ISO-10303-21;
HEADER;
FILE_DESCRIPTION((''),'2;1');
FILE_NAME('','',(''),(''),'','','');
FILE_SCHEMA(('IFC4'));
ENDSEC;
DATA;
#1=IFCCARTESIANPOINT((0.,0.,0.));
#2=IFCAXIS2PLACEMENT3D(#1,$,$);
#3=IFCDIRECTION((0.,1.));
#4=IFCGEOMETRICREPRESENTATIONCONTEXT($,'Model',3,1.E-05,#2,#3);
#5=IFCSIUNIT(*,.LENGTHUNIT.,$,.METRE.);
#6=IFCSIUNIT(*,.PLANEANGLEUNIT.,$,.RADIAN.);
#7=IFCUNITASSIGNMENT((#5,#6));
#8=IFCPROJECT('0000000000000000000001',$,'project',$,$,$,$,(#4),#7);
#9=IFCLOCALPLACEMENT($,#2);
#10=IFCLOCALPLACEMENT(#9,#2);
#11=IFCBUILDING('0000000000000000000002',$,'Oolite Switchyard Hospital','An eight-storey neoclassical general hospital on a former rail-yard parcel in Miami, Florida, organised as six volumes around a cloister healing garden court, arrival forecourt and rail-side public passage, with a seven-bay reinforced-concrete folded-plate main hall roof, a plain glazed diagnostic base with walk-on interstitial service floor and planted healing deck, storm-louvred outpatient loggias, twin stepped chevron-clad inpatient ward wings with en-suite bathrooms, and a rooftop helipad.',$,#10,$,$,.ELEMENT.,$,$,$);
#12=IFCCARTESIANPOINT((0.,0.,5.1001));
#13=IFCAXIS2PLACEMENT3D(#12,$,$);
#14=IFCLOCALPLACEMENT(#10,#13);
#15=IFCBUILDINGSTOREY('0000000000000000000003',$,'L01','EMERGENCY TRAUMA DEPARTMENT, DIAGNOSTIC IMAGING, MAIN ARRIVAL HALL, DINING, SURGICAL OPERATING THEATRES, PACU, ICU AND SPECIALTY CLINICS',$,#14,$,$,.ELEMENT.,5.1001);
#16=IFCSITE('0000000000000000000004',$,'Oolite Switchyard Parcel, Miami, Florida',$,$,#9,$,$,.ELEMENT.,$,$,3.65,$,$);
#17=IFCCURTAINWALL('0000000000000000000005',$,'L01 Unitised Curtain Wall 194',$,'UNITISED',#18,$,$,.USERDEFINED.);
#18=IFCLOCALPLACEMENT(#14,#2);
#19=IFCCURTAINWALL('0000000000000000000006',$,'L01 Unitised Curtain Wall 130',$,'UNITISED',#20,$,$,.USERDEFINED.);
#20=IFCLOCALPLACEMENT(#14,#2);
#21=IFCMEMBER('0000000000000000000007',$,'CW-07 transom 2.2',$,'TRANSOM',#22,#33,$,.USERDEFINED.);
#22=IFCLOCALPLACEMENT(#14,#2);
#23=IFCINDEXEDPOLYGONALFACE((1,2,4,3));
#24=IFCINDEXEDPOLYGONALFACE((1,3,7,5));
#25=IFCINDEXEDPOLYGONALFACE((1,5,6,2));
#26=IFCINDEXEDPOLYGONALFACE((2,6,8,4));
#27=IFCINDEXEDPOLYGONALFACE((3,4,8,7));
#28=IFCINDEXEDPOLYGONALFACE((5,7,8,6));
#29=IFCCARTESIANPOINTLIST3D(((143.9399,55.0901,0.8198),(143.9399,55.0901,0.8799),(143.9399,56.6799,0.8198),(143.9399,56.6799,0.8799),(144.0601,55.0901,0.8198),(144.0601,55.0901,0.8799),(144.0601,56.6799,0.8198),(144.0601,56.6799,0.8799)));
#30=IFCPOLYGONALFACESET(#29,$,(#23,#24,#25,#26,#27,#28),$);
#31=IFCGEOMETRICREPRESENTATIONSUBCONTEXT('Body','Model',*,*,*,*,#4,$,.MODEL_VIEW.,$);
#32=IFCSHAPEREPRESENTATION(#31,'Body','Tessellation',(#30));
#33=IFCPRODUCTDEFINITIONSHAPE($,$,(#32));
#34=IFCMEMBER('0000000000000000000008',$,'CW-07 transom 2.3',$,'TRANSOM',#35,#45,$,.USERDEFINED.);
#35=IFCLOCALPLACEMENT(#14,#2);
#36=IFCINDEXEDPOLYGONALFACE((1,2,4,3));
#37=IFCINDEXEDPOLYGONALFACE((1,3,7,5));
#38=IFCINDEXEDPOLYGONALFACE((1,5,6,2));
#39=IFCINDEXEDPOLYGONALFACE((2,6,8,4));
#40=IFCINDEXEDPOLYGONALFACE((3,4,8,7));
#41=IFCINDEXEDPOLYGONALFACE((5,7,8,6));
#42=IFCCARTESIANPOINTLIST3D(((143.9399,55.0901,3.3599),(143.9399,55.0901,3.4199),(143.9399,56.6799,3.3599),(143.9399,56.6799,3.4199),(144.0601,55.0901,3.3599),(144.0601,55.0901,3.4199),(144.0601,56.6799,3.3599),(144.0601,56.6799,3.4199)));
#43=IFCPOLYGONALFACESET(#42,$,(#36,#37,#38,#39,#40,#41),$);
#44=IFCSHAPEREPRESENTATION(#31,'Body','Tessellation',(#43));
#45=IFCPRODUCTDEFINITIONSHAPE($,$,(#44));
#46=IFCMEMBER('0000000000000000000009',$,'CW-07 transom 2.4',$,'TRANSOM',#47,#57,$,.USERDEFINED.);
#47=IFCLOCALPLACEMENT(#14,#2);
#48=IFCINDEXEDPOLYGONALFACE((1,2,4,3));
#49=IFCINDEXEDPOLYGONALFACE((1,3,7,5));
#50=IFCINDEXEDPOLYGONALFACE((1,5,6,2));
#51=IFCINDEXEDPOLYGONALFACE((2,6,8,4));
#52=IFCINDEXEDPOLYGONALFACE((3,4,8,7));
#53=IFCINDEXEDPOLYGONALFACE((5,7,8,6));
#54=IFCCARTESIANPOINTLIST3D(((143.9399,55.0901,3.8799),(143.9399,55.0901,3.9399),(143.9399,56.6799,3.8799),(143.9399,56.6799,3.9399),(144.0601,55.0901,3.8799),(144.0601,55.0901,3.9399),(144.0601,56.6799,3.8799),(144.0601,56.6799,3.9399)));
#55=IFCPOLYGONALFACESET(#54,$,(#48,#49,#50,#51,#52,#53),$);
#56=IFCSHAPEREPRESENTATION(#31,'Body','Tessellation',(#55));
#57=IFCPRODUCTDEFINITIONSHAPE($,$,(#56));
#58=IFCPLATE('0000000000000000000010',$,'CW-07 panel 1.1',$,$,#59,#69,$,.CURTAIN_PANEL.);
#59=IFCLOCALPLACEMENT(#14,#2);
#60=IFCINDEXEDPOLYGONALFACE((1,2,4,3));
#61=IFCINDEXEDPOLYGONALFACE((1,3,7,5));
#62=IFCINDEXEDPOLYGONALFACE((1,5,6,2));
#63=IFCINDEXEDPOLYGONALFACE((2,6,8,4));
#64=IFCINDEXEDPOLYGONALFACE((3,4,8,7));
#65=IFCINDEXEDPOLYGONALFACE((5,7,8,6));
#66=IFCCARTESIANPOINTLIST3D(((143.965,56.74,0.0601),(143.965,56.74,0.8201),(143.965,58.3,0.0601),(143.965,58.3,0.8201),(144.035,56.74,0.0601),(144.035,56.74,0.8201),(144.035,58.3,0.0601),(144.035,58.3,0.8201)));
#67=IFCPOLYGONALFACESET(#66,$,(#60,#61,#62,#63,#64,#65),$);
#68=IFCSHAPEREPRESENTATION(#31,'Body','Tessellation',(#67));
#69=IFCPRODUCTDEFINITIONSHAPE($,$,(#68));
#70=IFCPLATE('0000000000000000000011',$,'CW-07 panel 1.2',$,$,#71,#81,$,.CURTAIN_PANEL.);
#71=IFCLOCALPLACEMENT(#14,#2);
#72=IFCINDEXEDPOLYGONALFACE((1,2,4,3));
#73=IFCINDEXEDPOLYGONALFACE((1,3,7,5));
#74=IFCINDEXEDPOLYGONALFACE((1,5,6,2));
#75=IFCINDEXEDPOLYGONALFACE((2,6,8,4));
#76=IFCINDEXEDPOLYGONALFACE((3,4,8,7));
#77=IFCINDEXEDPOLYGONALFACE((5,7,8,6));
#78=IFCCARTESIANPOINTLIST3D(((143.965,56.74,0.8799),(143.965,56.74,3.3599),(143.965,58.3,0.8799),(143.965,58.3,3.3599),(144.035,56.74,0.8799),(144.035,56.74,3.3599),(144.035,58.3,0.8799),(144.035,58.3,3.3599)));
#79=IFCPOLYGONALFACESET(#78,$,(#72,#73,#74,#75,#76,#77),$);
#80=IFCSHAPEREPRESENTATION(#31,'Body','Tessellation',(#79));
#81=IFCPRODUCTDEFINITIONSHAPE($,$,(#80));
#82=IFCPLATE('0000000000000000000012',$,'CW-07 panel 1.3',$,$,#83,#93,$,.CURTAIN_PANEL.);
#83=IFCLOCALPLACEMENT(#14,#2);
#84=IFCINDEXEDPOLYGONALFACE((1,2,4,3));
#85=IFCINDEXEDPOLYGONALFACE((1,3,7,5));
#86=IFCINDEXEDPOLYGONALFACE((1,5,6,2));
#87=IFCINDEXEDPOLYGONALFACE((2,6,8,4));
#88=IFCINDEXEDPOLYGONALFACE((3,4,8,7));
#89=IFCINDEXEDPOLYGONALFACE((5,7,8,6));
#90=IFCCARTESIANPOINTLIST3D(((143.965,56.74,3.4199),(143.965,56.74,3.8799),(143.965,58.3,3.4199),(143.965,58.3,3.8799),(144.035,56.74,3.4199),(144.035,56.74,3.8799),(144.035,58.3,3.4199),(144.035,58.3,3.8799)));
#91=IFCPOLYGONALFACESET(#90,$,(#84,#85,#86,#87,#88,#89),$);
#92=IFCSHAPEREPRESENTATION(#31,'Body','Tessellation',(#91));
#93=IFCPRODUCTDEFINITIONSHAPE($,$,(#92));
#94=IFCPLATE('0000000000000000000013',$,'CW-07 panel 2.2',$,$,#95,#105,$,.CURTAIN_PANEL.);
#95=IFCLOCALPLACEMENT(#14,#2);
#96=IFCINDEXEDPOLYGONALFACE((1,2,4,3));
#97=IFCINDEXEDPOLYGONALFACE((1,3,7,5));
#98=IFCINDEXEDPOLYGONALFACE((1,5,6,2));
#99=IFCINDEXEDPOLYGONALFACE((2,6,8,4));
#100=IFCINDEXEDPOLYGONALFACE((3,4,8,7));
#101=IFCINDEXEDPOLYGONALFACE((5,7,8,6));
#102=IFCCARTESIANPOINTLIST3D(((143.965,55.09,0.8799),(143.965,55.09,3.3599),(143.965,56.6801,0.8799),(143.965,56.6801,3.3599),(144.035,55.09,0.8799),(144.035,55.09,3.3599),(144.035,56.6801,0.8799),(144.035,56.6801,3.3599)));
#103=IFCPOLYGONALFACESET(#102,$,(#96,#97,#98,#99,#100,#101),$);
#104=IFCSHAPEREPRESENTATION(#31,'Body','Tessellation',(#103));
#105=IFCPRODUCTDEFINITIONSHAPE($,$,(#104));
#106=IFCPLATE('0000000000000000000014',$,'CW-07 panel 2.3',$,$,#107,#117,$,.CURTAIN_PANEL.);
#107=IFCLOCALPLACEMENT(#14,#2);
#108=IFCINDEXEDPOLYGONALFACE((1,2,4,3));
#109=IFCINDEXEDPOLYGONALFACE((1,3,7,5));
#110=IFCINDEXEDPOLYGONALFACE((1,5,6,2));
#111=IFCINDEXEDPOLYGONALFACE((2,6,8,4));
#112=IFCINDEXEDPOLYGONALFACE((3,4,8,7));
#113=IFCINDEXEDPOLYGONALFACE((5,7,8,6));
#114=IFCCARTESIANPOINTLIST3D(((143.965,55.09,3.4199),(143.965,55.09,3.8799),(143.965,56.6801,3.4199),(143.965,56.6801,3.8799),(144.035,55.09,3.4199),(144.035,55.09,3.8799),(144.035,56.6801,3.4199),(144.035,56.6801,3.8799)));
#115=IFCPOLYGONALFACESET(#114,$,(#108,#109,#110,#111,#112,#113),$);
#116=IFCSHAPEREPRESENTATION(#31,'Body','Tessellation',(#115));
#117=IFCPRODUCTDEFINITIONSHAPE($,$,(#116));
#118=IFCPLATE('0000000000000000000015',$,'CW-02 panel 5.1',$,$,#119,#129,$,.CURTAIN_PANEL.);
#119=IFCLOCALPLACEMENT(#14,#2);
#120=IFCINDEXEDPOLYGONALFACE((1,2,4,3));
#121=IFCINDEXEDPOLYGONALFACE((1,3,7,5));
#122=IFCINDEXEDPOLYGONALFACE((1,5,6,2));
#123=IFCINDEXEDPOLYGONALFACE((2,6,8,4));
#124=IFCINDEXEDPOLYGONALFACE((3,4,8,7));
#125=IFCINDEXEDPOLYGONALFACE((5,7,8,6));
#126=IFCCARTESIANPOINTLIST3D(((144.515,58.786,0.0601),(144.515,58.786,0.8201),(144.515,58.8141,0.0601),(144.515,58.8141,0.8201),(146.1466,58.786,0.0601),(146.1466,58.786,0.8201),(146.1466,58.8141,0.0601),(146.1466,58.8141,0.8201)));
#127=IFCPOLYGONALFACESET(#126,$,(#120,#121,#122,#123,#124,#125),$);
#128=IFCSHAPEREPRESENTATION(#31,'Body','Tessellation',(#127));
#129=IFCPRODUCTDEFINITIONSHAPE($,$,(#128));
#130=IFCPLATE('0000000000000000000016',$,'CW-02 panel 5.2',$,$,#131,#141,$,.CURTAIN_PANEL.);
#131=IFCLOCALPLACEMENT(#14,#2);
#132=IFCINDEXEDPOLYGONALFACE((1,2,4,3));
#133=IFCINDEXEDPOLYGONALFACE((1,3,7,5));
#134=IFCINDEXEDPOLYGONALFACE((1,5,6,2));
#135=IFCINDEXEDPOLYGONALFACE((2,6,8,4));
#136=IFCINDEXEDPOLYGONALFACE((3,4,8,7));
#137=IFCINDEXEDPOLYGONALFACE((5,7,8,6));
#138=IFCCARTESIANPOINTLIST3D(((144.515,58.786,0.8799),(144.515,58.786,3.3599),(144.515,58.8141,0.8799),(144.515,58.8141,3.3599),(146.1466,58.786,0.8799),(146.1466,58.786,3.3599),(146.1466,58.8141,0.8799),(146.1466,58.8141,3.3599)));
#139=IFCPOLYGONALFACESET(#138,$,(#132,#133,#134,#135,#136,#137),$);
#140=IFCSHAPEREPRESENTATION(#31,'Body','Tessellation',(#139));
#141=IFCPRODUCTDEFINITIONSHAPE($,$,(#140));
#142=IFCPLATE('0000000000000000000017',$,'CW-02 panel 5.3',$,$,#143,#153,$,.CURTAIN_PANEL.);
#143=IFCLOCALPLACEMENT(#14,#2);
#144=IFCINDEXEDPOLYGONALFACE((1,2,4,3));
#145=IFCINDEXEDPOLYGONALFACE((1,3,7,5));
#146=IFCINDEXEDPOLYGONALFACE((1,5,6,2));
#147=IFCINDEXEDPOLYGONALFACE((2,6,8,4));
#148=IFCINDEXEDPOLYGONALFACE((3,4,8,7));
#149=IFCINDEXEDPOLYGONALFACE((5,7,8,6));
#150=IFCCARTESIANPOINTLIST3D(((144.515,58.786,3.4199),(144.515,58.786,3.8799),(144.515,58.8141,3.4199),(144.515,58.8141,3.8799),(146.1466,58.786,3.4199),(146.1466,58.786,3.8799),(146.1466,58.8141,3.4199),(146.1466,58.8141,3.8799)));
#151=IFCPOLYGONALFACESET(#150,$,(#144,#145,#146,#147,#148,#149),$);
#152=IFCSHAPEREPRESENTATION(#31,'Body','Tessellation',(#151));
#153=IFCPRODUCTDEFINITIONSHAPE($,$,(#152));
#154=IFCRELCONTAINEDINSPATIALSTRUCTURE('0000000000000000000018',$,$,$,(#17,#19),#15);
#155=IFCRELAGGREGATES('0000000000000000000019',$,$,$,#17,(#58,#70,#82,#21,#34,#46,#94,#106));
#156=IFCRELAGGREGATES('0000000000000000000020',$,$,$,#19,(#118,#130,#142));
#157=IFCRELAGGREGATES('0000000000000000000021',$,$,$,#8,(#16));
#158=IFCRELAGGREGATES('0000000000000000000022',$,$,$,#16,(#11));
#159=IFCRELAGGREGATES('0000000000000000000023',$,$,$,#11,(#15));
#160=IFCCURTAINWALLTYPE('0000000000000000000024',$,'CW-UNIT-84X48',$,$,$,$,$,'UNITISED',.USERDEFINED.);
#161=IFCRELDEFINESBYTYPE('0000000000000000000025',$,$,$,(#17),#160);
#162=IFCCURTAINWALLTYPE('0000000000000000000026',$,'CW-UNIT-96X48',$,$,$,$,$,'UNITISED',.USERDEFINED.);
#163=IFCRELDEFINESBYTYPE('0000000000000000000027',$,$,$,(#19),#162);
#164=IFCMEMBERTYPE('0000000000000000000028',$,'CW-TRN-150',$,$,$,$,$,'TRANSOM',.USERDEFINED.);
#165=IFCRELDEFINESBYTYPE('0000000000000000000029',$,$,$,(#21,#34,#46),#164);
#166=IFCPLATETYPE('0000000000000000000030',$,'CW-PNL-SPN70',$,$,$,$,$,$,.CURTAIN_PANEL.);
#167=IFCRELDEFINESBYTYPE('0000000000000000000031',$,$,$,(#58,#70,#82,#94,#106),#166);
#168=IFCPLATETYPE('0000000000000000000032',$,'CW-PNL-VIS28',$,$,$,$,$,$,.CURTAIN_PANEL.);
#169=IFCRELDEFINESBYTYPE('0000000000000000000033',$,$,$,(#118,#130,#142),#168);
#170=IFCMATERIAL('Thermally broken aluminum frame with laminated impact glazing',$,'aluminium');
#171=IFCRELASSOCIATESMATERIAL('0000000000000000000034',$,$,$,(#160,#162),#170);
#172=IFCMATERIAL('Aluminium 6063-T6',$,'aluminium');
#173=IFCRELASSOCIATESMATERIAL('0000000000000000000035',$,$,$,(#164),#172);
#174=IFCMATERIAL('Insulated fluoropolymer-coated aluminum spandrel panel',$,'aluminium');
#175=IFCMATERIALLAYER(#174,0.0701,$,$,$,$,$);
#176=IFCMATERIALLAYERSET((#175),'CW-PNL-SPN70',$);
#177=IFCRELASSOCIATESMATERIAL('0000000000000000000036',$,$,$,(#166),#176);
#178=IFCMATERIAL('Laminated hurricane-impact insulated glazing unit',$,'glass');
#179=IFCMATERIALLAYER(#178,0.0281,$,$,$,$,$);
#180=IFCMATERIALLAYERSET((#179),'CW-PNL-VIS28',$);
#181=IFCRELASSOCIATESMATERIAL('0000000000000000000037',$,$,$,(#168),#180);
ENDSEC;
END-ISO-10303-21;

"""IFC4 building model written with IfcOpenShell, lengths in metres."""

from ifc_helpers import new_model, si_unit, direction, frame, origin, origin_2d, place, context, subcontext, project, spatial, rectangle, extrude, material, layer, layer_set, material_profile, profile_set, type_object, element, aggregate, save


model = new_model("IFC4")

# Units and contexts
model_context = context("Model", 3, precision=1e-05, world=origin(), true_north=direction((0.0, 1.0)))
body_context = subcontext(model_context, "Body", "Model", "MODEL_VIEW")
ifc_project = project(units=[si_unit("LENGTHUNIT", "METRE"), si_unit("PLANEANGLEUNIT", "RADIAN")], contexts=[model_context])

# Site, building, storey
site_placement = place(None, origin())
site = spatial("IfcSite", under=ifc_project, at=site_placement, Name="Oolite Switchyard Parcel, Miami, Florida", CompositionType="ELEMENT", RefElevation=3.65)
building_placement = place(site_placement, origin())
building = spatial("IfcBuilding", under=site, at=building_placement, Name="Oolite Switchyard Hospital", Description="An eight-storey neoclassical general hospital on a former rail-yard parcel in Miami, Florida, organised as six volumes around a cloister healing garden court, arrival forecourt and rail-side public passage, with a seven-bay reinforced-concrete folded-plate main hall roof, a plain glazed diagnostic base with walk-on interstitial service floor and planted healing deck, storm-louvred outpatient loggias, twin stepped chevron-clad inpatient ward wings with en-suite bathrooms, and a rooftop helipad.", CompositionType="ELEMENT")
storey_placement = place(building_placement, frame((0.0, 0.0, 5.1001)))
storey = spatial("IfcBuildingStorey", under=building, at=storey_placement, Name="L01", Description="EMERGENCY TRAUMA DEPARTMENT, DIAGNOSTIC IMAGING, MAIN ARRIVAL HALL, DINING, SURGICAL OPERATING THEATRES, PACU, ICU AND SPECIALTY CLINICS", CompositionType="ELEMENT", Elevation=5.1001)

# Curtain walls
ifc_material_1 = material(Name="Thermally broken aluminum frame with laminated impact glazing", Category="aluminium")
curtain_wall_type_1 = type_object("IfcCurtainWallType", Name="CW-UNIT-84X48", ElementType="UNITISED", PredefinedType="USERDEFINED", material=ifc_material_1)
curtain_wall_1_placement = place(storey_placement, origin())
curtain_wall_1 = element("IfcCurtainWall", 1, at=curtain_wall_1_placement, inside=storey, type_object=curtain_wall_type_1, Name="L01 Unitised Curtain Wall 194", ObjectType="UNITISED", PredefinedType="USERDEFINED")
ifc_material_2 = material(Name="Aluminium 6063-T6", Category="aluminium")
curtain_wall_type_2 = type_object("IfcCurtainWallType", Name="CW-UNIT-96X48", ElementType="UNITISED", PredefinedType="USERDEFINED", material=ifc_material_1)
curtain_wall_2_placement = place(storey_placement, origin())
curtain_wall_2 = element("IfcCurtainWall", 2, at=curtain_wall_2_placement, inside=storey, type_object=curtain_wall_type_2, Name="L01 Unitised Curtain Wall 130", ObjectType="UNITISED", PredefinedType="USERDEFINED")
ifc_material_profile_1 = material_profile(ifc_material_2, rectangle(XDim=0.1201, YDim=0.0601, at=origin_2d()), Name="CWT60X120")
ifc_profile_set_1 = profile_set([ifc_material_profile_1], Name="Aluminium 6063-T6")
member_type_1 = type_object("IfcMemberType", Name="CW-TRN-150", ElementType="TRANSOM", PredefinedType="USERDEFINED", material=ifc_profile_set_1)

# Members
member_1_placement = place(storey_placement, frame((144.0, 56.6799, 0.8499), z_axis=(0.0, -1.0, 0.0), x_axis=(1.0, 0.0, 0.0)))
member_1 = element("IfcMember", 3, at=member_1_placement, type_object=member_type_1, Name="CW-07 transom 2.2", ObjectType="TRANSOM", PredefinedType="USERDEFINED", context=body_context, shape_type="SweptSolid", body=[
    extrude(rectangle(XDim=0.1201, YDim=0.0601, at=origin_2d()), origin(), (0.0, 0.0, 1.0), 1.5898),
])
member_2_placement = place(storey_placement, frame((144.0, 56.6799, 3.3899), z_axis=(0.0, -1.0, 0.0), x_axis=(1.0, 0.0, 0.0)))
member_2 = element("IfcMember", 4, at=member_2_placement, type_object=member_type_1, Name="CW-07 transom 2.3", ObjectType="TRANSOM", PredefinedType="USERDEFINED", context=body_context, shape_type="SweptSolid", body=[
    extrude(rectangle(XDim=0.1201, YDim=0.0601, at=origin_2d()), origin(), (0.0, 0.0, 1.0), 1.5898),
])
member_3_placement = place(storey_placement, frame((144.0, 56.6799, 3.9099), z_axis=(0.0, -1.0, 0.0), x_axis=(1.0, 0.0, 0.0)))
member_3 = element("IfcMember", 5, at=member_3_placement, type_object=member_type_1, Name="CW-07 transom 2.4", ObjectType="TRANSOM", PredefinedType="USERDEFINED", context=body_context, shape_type="SweptSolid", body=[
    extrude(rectangle(XDim=0.1201, YDim=0.0601, at=origin_2d()), origin(), (0.0, 0.0, 1.0), 1.5898),
])

# Plates
ifc_material_3 = material(Name="Insulated fluoropolymer-coated aluminum spandrel panel", Category="aluminium")
ifc_layer_1 = layer(ifc_material_3, 0.0701)
ifc_layer_set_1 = layer_set([ifc_layer_1], Name="CW-PNL-SPN70")
plate_type_1 = type_object("IfcPlateType", Name="CW-PNL-SPN70", PredefinedType="CURTAIN_PANEL", material=ifc_layer_set_1)
plate_1_placement = place(storey_placement, frame((144.0, 57.52, 0.0601), z_axis=(0.0, 0.0, 1.0), x_axis=(0.0, -1.0, 0.0)))
plate_1 = element("IfcPlate", 6, at=plate_1_placement, type_object=plate_type_1, Name="CW-07 panel 1.1", PredefinedType="CURTAIN_PANEL", context=body_context, shape_type="SweptSolid", body=[
    extrude(rectangle(XDim=1.5601, YDim=0.0701, at=origin_2d()), origin(), (0.0, 0.0, 1.0), 0.76),
])
plate_2_placement = place(storey_placement, frame((144.0, 57.52, 0.8799), z_axis=(0.0, 0.0, 1.0), x_axis=(0.0, -1.0, 0.0)))
plate_2 = element("IfcPlate", 7, at=plate_2_placement, type_object=plate_type_1, Name="CW-07 panel 1.2", PredefinedType="CURTAIN_PANEL", context=body_context, shape_type="SweptSolid", body=[
    extrude(rectangle(XDim=1.5601, YDim=0.0701, at=origin_2d()), origin(), (0.0, 0.0, 1.0), 2.48),
])
plate_3_placement = place(storey_placement, frame((144.0, 57.52, 3.4199), z_axis=(0.0, 0.0, 1.0), x_axis=(0.0, -1.0, 0.0)))
plate_3 = element("IfcPlate", 8, at=plate_3_placement, type_object=plate_type_1, Name="CW-07 panel 1.3", PredefinedType="CURTAIN_PANEL", context=body_context, shape_type="SweptSolid", body=[
    extrude(rectangle(XDim=1.5601, YDim=0.0701, at=origin_2d()), origin(), (0.0, 0.0, 1.0), 0.46),
])
plate_4_placement = place(storey_placement, frame((144.0, 55.885, 0.8799), z_axis=(0.0, 0.0, 1.0), x_axis=(0.0, -1.0, 0.0)))
plate_4 = element("IfcPlate", 9, at=plate_4_placement, type_object=plate_type_1, Name="CW-07 panel 2.2", PredefinedType="CURTAIN_PANEL", context=body_context, shape_type="SweptSolid", body=[
    extrude(rectangle(XDim=1.5901, YDim=0.0701, at=origin_2d()), origin(), (0.0, 0.0, 1.0), 2.48),
])
plate_5_placement = place(storey_placement, frame((144.0, 55.885, 3.4199), z_axis=(0.0, 0.0, 1.0), x_axis=(0.0, -1.0, 0.0)))
plate_5 = element("IfcPlate", 10, at=plate_5_placement, type_object=plate_type_1, Name="CW-07 panel 2.3", PredefinedType="CURTAIN_PANEL", context=body_context, shape_type="SweptSolid", body=[
    extrude(rectangle(XDim=1.5901, YDim=0.0701, at=origin_2d()), origin(), (0.0, 0.0, 1.0), 0.46),
])
aggregate(curtain_wall_1, [plate_1, plate_2, plate_3, member_1, member_2, member_3, plate_4, plate_5])
ifc_material_4 = material(Name="Laminated hurricane-impact insulated glazing unit", Category="glass")
ifc_layer_2 = layer(ifc_material_4, 0.0281)
ifc_layer_set_2 = layer_set([ifc_layer_2], Name="CW-PNL-VIS28")
plate_type_2 = type_object("IfcPlateType", Name="CW-PNL-VIS28", PredefinedType="CURTAIN_PANEL", material=ifc_layer_set_2)
plate_6_placement = place(storey_placement, frame((145.3308, 58.8, 0.0601), z_axis=(0.0, 0.0, 1.0), x_axis=(-1.0, 0.0, 0.0)))
plate_6 = element("IfcPlate", 11, at=plate_6_placement, type_object=plate_type_2, Name="CW-02 panel 5.1", PredefinedType="CURTAIN_PANEL", context=body_context, shape_type="SweptSolid", body=[
    extrude(rectangle(XDim=1.6316, YDim=0.0281, at=origin_2d()), origin(), (0.0, 0.0, 1.0), 0.76),
])
plate_7_placement = place(storey_placement, frame((145.3308, 58.8, 0.8799), z_axis=(0.0, 0.0, 1.0), x_axis=(-1.0, 0.0, 0.0)))
plate_7 = element("IfcPlate", 12, at=plate_7_placement, type_object=plate_type_2, Name="CW-02 panel 5.2", PredefinedType="CURTAIN_PANEL", context=body_context, shape_type="SweptSolid", body=[
    extrude(rectangle(XDim=1.6316, YDim=0.0281, at=origin_2d()), origin(), (0.0, 0.0, 1.0), 2.48),
])
plate_8_placement = place(storey_placement, frame((145.3308, 58.8, 3.4199), z_axis=(0.0, 0.0, 1.0), x_axis=(-1.0, 0.0, 0.0)))
plate_8 = element("IfcPlate", 13, at=plate_8_placement, type_object=plate_type_2, Name="CW-02 panel 5.3", PredefinedType="CURTAIN_PANEL", context=body_context, shape_type="SweptSolid", body=[
    extrude(rectangle(XDim=1.6316, YDim=0.0281, at=origin_2d()), origin(), (0.0, 0.0, 1.0), 0.46),
])
aggregate(curtain_wall_2, [plate_6, plate_7, plate_8])

save(model, "model.ifc")
